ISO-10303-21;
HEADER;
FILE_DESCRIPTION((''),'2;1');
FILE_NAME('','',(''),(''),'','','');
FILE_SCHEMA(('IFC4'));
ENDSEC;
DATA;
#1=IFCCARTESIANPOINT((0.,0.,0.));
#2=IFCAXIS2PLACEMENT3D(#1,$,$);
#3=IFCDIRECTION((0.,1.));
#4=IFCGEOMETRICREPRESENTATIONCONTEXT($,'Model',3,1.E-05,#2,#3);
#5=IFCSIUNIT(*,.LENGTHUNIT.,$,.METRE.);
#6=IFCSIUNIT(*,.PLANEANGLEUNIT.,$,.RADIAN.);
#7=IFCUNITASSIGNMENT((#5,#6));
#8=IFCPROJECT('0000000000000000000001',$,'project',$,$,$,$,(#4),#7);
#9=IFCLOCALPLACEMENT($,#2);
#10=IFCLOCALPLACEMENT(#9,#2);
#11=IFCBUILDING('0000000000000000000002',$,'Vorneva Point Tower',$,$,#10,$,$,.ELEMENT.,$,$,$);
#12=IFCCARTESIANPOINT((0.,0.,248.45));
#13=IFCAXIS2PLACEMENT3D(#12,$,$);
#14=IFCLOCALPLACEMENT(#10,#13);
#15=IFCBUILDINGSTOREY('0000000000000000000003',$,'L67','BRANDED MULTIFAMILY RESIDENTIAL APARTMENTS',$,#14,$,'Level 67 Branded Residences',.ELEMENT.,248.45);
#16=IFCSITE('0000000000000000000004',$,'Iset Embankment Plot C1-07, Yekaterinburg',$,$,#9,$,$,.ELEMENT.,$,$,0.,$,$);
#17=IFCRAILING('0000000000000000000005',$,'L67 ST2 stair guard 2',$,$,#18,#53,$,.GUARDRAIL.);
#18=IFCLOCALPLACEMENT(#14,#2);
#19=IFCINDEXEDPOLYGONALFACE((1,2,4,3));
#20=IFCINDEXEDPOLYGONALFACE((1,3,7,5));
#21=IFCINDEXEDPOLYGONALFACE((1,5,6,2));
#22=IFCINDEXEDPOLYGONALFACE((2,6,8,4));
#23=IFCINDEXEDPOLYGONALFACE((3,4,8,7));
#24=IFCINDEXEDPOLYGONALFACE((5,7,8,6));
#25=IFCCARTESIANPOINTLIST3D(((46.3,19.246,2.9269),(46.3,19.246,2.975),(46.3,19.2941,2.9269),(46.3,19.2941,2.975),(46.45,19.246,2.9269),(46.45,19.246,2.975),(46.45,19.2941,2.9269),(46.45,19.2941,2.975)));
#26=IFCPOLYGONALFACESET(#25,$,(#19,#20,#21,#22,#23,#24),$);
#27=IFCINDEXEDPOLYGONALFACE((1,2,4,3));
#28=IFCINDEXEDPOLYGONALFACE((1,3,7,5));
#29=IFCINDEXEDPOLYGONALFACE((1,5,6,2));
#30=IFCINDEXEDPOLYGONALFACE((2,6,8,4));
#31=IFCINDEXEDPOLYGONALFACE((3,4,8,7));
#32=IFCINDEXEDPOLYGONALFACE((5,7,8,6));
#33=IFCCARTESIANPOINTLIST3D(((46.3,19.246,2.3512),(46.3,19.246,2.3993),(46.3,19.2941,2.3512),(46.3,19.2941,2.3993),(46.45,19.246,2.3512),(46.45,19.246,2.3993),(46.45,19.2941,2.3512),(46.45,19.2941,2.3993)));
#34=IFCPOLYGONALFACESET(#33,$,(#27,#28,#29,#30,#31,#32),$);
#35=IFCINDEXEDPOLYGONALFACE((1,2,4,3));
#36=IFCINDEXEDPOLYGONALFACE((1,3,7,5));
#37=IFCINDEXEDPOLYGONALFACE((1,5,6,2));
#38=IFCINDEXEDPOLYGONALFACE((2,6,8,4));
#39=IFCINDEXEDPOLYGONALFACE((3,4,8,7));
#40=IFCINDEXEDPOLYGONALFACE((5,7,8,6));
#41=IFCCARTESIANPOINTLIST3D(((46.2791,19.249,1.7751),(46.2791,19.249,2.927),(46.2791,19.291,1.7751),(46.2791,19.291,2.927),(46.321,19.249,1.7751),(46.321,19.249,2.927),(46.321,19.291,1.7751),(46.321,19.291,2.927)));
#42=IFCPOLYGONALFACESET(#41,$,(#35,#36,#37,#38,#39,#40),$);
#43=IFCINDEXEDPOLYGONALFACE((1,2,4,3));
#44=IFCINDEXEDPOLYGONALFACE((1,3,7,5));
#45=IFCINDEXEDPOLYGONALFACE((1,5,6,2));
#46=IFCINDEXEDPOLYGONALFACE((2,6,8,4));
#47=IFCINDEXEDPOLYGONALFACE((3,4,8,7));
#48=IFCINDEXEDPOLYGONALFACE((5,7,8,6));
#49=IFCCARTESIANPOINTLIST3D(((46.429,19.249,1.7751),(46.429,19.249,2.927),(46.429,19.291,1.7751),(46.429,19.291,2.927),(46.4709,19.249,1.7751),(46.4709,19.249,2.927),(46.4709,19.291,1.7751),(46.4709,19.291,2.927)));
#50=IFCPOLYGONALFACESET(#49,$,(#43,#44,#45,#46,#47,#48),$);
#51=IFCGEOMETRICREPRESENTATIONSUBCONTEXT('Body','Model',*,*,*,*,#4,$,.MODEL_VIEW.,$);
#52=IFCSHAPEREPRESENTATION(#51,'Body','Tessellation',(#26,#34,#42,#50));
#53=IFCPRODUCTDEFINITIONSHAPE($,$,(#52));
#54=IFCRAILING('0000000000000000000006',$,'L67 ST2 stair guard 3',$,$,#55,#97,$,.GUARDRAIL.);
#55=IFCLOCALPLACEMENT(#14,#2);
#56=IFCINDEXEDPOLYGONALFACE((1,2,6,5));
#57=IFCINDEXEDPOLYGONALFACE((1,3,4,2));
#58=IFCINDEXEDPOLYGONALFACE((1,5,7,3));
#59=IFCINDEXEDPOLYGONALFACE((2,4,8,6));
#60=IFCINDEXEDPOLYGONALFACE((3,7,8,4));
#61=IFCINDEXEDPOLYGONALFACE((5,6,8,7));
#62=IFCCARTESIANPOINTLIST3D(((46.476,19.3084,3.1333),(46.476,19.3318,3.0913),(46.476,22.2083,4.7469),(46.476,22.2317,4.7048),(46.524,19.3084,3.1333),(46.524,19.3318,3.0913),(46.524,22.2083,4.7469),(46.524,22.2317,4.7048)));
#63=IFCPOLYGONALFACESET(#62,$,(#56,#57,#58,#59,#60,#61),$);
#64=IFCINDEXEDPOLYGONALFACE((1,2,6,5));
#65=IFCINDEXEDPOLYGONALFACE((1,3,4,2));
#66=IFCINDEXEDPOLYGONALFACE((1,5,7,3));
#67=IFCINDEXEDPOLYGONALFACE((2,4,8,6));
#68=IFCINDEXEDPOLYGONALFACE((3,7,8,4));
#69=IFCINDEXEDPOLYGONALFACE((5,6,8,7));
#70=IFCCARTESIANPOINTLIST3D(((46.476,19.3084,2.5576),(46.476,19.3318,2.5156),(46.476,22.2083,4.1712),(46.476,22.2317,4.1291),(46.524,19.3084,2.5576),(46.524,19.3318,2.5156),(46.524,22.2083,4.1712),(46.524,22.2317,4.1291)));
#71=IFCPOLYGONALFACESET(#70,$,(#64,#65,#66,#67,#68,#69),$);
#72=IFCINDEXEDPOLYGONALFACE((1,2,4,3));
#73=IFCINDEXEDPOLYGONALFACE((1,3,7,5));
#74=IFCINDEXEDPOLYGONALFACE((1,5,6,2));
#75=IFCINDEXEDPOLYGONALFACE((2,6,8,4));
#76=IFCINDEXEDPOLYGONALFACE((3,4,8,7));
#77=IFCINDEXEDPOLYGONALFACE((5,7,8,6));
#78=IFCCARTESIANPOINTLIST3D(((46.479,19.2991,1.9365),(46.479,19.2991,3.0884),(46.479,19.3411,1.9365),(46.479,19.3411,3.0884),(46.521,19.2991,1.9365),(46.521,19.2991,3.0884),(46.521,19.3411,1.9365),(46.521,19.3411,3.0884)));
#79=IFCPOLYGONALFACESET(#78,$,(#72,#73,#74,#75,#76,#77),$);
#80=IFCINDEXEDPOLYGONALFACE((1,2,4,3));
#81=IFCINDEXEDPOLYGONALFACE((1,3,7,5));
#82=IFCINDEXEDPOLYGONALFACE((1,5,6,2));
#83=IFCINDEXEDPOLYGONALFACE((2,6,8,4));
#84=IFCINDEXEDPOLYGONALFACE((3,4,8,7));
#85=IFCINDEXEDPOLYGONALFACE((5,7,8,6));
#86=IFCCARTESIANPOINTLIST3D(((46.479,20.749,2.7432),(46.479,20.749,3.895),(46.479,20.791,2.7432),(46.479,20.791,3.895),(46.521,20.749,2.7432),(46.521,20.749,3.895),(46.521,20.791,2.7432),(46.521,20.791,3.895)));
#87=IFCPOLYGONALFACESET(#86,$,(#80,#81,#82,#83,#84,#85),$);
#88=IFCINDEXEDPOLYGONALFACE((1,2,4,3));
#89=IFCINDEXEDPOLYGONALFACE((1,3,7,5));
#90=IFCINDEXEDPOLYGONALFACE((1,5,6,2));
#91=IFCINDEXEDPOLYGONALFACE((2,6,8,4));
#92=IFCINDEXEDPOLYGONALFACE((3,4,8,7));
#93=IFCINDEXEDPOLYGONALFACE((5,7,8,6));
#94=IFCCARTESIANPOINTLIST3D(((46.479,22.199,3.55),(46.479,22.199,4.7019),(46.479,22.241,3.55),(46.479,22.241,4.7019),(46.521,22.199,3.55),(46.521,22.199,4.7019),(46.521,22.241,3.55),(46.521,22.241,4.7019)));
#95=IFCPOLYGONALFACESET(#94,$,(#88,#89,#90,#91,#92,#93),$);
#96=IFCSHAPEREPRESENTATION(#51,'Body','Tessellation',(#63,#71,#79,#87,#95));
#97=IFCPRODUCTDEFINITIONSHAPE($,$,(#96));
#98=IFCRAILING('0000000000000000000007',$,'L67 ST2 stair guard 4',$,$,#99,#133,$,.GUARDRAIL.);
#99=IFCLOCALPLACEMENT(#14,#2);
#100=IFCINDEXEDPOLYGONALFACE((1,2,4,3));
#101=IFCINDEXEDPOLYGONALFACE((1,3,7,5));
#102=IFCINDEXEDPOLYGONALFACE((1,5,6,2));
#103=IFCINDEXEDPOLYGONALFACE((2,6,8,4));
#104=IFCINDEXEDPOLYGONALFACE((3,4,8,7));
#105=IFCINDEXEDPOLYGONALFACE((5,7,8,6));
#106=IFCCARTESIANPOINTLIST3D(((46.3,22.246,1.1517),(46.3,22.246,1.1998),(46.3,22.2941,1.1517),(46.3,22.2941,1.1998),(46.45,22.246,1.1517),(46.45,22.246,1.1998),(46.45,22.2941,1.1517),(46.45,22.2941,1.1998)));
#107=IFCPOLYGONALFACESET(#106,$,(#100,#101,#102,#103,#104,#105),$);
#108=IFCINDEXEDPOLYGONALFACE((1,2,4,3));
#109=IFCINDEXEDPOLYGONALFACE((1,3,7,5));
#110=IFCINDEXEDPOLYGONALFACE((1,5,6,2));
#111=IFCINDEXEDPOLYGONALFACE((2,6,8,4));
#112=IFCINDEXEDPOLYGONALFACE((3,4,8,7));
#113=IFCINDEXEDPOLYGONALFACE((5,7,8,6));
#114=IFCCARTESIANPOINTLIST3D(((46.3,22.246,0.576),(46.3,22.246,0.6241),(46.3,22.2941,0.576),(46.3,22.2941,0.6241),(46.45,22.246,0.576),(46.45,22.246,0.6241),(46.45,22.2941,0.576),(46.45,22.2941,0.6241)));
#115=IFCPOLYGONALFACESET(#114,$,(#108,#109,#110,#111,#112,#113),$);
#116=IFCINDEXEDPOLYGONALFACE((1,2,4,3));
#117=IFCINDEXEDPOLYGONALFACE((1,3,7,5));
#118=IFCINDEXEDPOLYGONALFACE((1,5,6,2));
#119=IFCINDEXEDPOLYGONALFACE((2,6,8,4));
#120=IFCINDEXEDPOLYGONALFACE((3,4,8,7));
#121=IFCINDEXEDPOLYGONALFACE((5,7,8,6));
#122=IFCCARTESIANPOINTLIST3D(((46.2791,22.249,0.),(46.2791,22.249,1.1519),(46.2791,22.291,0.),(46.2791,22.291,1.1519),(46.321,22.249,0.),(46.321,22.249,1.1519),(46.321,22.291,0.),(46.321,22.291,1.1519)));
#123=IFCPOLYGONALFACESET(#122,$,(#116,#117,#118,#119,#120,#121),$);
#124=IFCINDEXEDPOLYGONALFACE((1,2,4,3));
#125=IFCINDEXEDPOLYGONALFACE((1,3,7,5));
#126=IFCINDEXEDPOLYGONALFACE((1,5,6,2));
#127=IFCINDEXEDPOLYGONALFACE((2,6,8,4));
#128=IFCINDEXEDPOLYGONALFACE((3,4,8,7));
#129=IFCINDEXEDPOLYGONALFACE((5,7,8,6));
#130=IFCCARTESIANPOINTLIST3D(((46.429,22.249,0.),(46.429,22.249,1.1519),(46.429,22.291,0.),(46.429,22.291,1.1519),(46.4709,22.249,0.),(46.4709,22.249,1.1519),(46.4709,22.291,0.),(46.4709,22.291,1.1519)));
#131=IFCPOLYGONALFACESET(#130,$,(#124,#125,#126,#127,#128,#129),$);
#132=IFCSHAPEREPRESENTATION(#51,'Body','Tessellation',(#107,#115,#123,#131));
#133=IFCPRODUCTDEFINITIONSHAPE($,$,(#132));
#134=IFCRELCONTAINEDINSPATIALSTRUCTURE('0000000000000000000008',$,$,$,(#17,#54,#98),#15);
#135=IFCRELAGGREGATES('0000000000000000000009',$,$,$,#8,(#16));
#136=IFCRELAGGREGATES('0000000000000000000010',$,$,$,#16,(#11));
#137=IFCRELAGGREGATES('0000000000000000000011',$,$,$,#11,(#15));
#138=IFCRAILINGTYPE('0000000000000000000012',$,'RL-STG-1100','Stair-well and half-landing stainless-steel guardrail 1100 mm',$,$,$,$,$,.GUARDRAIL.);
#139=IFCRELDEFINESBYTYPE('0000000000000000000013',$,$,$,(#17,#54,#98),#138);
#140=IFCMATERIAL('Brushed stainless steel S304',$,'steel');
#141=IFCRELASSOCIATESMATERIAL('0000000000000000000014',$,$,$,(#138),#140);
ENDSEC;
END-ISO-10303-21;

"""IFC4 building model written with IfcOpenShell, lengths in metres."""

from ifc_helpers import new_model, si_unit, direction, frame, origin, origin_2d, place, context, subcontext, project, spatial, rectangle, extrude, material, type_object, element, save


model = new_model("IFC4")

# Units and contexts
model_context = context("Model", 3, precision=1e-05, world=origin(), true_north=direction((0.0, 1.0)))
body_context = subcontext(model_context, "Body", "Model", "MODEL_VIEW")
ifc_project = project(units=[si_unit("LENGTHUNIT", "METRE"), si_unit("PLANEANGLEUNIT", "RADIAN")], contexts=[model_context])

# Site, building, storey
site_placement = place(None, origin())
site = spatial("IfcSite", under=ifc_project, at=site_placement, Name="Iset Embankment Plot C1-07, Yekaterinburg", CompositionType="ELEMENT", RefElevation=0.0)
building_placement = place(site_placement, origin())
building = spatial("IfcBuilding", under=site, at=building_placement, Name="Vorneva Point Tower", CompositionType="ELEMENT")
storey_placement = place(building_placement, frame((0.0, 0.0, 248.45)))
storey = spatial("IfcBuildingStorey", under=building, at=storey_placement, Name="L67", Description="BRANDED MULTIFAMILY RESIDENTIAL APARTMENTS", LongName="Level 67 Branded Residences", CompositionType="ELEMENT", Elevation=248.45)

# Railings
ifc_material_1 = material(Name="Brushed stainless steel S304", Category="steel")
railing_type_1 = type_object("IfcRailingType", Name="RL-STG-1100", Description="Stair-well and half-landing stainless-steel guardrail 1100 mm", PredefinedType="GUARDRAIL", material=ifc_material_1)
railing_1_placement = place(storey_placement, frame((46.3, 19.27, 1.7751)))
element("IfcRailing", 1, at=railing_1_placement, inside=storey, type_object=railing_type_1, Name="L67 ST2 stair guard 2", PredefinedType="GUARDRAIL", context=body_context, shape_type="SweptSolid", body=[
    extrude(rectangle(XDim=0.0481, YDim=0.0481, at=origin_2d()), frame((0.0, 0.0, 1.1758), z_axis=(1.0, 0.0, 0.0), x_axis=(0.0, 1.0, 0.0)), (0.0, 0.0, 1.0), 0.1499),
    extrude(rectangle(XDim=0.0481, YDim=0.0481, at=origin_2d()), frame((0.0, 0.0, 0.6001), z_axis=(1.0, 0.0, 0.0), x_axis=(0.0, 1.0, 0.0)), (0.0, 0.0, 1.0), 0.1499),
    extrude(rectangle(XDim=0.042, YDim=0.042, at=origin_2d()), origin(), (0.0, 0.0, 1.0), 1.1519),
    extrude(rectangle(XDim=0.042, YDim=0.042, at=origin_2d()), frame((0.1499, 0.0, 0.0)), (0.0, 0.0, 1.0), 1.1519),
])
railing_2_placement = place(storey_placement, frame((46.5, 19.3201, 1.9365)))
element("IfcRailing", 2, at=railing_2_placement, inside=storey, type_object=railing_type_1, Name="L67 ST2 stair guard 3", PredefinedType="GUARDRAIL", context=body_context, shape_type="SweptSolid", body=[
    extrude(rectangle(XDim=0.0481, YDim=0.0481, at=origin_2d()), frame((0.0, 0.0, 1.1758), z_axis=(0.0, 0.873841, 0.486211), x_axis=(-1.0, 0.0, 0.0)), (0.0, 0.0, 1.0), 3.3186),
    extrude(rectangle(XDim=0.0481, YDim=0.0481, at=origin_2d()), frame((0.0, 0.0, 0.6001), z_axis=(0.0, 0.873841, 0.486211), x_axis=(-1.0, 0.0, 0.0)), (0.0, 0.0, 1.0), 3.3186),
    extrude(rectangle(XDim=0.042, YDim=0.042, at=origin_2d()), origin(), (0.0, 0.0, 1.0), 1.1519),
    extrude(rectangle(XDim=0.042, YDim=0.042, at=origin_2d()), frame((0.0, 1.45, 0.8066)), (0.0, 0.0, 1.0), 1.1519),
    extrude(rectangle(XDim=0.042, YDim=0.042, at=origin_2d()), frame((0.0, 2.8999, 1.6135)), (0.0, 0.0, 1.0), 1.1519),
])
railing_3_placement = place(storey_placement, frame((46.3, 22.27, 0.0)))
element("IfcRailing", 3, at=railing_3_placement, inside=storey, type_object=railing_type_1, Name="L67 ST2 stair guard 4", PredefinedType="GUARDRAIL", context=body_context, shape_type="SweptSolid", body=[
    extrude(rectangle(XDim=0.0481, YDim=0.0481, at=origin_2d()), frame((0.0, 0.0, 1.1758), z_axis=(1.0, 0.0, 0.0), x_axis=(0.0, 1.0, 0.0)), (0.0, 0.0, 1.0), 0.1499),
    extrude(rectangle(XDim=0.0481, YDim=0.0481, at=origin_2d()), frame((0.0, 0.0, 0.6001), z_axis=(1.0, 0.0, 0.0), x_axis=(0.0, 1.0, 0.0)), (0.0, 0.0, 1.0), 0.1499),
    extrude(rectangle(XDim=0.042, YDim=0.042, at=origin_2d()), origin(), (0.0, 0.0, 1.0), 1.1519),
    extrude(rectangle(XDim=0.042, YDim=0.042, at=origin_2d()), frame((0.1499, 0.0, 0.0)), (0.0, 0.0, 1.0), 1.1519),
])

save(model, "model.ifc")
